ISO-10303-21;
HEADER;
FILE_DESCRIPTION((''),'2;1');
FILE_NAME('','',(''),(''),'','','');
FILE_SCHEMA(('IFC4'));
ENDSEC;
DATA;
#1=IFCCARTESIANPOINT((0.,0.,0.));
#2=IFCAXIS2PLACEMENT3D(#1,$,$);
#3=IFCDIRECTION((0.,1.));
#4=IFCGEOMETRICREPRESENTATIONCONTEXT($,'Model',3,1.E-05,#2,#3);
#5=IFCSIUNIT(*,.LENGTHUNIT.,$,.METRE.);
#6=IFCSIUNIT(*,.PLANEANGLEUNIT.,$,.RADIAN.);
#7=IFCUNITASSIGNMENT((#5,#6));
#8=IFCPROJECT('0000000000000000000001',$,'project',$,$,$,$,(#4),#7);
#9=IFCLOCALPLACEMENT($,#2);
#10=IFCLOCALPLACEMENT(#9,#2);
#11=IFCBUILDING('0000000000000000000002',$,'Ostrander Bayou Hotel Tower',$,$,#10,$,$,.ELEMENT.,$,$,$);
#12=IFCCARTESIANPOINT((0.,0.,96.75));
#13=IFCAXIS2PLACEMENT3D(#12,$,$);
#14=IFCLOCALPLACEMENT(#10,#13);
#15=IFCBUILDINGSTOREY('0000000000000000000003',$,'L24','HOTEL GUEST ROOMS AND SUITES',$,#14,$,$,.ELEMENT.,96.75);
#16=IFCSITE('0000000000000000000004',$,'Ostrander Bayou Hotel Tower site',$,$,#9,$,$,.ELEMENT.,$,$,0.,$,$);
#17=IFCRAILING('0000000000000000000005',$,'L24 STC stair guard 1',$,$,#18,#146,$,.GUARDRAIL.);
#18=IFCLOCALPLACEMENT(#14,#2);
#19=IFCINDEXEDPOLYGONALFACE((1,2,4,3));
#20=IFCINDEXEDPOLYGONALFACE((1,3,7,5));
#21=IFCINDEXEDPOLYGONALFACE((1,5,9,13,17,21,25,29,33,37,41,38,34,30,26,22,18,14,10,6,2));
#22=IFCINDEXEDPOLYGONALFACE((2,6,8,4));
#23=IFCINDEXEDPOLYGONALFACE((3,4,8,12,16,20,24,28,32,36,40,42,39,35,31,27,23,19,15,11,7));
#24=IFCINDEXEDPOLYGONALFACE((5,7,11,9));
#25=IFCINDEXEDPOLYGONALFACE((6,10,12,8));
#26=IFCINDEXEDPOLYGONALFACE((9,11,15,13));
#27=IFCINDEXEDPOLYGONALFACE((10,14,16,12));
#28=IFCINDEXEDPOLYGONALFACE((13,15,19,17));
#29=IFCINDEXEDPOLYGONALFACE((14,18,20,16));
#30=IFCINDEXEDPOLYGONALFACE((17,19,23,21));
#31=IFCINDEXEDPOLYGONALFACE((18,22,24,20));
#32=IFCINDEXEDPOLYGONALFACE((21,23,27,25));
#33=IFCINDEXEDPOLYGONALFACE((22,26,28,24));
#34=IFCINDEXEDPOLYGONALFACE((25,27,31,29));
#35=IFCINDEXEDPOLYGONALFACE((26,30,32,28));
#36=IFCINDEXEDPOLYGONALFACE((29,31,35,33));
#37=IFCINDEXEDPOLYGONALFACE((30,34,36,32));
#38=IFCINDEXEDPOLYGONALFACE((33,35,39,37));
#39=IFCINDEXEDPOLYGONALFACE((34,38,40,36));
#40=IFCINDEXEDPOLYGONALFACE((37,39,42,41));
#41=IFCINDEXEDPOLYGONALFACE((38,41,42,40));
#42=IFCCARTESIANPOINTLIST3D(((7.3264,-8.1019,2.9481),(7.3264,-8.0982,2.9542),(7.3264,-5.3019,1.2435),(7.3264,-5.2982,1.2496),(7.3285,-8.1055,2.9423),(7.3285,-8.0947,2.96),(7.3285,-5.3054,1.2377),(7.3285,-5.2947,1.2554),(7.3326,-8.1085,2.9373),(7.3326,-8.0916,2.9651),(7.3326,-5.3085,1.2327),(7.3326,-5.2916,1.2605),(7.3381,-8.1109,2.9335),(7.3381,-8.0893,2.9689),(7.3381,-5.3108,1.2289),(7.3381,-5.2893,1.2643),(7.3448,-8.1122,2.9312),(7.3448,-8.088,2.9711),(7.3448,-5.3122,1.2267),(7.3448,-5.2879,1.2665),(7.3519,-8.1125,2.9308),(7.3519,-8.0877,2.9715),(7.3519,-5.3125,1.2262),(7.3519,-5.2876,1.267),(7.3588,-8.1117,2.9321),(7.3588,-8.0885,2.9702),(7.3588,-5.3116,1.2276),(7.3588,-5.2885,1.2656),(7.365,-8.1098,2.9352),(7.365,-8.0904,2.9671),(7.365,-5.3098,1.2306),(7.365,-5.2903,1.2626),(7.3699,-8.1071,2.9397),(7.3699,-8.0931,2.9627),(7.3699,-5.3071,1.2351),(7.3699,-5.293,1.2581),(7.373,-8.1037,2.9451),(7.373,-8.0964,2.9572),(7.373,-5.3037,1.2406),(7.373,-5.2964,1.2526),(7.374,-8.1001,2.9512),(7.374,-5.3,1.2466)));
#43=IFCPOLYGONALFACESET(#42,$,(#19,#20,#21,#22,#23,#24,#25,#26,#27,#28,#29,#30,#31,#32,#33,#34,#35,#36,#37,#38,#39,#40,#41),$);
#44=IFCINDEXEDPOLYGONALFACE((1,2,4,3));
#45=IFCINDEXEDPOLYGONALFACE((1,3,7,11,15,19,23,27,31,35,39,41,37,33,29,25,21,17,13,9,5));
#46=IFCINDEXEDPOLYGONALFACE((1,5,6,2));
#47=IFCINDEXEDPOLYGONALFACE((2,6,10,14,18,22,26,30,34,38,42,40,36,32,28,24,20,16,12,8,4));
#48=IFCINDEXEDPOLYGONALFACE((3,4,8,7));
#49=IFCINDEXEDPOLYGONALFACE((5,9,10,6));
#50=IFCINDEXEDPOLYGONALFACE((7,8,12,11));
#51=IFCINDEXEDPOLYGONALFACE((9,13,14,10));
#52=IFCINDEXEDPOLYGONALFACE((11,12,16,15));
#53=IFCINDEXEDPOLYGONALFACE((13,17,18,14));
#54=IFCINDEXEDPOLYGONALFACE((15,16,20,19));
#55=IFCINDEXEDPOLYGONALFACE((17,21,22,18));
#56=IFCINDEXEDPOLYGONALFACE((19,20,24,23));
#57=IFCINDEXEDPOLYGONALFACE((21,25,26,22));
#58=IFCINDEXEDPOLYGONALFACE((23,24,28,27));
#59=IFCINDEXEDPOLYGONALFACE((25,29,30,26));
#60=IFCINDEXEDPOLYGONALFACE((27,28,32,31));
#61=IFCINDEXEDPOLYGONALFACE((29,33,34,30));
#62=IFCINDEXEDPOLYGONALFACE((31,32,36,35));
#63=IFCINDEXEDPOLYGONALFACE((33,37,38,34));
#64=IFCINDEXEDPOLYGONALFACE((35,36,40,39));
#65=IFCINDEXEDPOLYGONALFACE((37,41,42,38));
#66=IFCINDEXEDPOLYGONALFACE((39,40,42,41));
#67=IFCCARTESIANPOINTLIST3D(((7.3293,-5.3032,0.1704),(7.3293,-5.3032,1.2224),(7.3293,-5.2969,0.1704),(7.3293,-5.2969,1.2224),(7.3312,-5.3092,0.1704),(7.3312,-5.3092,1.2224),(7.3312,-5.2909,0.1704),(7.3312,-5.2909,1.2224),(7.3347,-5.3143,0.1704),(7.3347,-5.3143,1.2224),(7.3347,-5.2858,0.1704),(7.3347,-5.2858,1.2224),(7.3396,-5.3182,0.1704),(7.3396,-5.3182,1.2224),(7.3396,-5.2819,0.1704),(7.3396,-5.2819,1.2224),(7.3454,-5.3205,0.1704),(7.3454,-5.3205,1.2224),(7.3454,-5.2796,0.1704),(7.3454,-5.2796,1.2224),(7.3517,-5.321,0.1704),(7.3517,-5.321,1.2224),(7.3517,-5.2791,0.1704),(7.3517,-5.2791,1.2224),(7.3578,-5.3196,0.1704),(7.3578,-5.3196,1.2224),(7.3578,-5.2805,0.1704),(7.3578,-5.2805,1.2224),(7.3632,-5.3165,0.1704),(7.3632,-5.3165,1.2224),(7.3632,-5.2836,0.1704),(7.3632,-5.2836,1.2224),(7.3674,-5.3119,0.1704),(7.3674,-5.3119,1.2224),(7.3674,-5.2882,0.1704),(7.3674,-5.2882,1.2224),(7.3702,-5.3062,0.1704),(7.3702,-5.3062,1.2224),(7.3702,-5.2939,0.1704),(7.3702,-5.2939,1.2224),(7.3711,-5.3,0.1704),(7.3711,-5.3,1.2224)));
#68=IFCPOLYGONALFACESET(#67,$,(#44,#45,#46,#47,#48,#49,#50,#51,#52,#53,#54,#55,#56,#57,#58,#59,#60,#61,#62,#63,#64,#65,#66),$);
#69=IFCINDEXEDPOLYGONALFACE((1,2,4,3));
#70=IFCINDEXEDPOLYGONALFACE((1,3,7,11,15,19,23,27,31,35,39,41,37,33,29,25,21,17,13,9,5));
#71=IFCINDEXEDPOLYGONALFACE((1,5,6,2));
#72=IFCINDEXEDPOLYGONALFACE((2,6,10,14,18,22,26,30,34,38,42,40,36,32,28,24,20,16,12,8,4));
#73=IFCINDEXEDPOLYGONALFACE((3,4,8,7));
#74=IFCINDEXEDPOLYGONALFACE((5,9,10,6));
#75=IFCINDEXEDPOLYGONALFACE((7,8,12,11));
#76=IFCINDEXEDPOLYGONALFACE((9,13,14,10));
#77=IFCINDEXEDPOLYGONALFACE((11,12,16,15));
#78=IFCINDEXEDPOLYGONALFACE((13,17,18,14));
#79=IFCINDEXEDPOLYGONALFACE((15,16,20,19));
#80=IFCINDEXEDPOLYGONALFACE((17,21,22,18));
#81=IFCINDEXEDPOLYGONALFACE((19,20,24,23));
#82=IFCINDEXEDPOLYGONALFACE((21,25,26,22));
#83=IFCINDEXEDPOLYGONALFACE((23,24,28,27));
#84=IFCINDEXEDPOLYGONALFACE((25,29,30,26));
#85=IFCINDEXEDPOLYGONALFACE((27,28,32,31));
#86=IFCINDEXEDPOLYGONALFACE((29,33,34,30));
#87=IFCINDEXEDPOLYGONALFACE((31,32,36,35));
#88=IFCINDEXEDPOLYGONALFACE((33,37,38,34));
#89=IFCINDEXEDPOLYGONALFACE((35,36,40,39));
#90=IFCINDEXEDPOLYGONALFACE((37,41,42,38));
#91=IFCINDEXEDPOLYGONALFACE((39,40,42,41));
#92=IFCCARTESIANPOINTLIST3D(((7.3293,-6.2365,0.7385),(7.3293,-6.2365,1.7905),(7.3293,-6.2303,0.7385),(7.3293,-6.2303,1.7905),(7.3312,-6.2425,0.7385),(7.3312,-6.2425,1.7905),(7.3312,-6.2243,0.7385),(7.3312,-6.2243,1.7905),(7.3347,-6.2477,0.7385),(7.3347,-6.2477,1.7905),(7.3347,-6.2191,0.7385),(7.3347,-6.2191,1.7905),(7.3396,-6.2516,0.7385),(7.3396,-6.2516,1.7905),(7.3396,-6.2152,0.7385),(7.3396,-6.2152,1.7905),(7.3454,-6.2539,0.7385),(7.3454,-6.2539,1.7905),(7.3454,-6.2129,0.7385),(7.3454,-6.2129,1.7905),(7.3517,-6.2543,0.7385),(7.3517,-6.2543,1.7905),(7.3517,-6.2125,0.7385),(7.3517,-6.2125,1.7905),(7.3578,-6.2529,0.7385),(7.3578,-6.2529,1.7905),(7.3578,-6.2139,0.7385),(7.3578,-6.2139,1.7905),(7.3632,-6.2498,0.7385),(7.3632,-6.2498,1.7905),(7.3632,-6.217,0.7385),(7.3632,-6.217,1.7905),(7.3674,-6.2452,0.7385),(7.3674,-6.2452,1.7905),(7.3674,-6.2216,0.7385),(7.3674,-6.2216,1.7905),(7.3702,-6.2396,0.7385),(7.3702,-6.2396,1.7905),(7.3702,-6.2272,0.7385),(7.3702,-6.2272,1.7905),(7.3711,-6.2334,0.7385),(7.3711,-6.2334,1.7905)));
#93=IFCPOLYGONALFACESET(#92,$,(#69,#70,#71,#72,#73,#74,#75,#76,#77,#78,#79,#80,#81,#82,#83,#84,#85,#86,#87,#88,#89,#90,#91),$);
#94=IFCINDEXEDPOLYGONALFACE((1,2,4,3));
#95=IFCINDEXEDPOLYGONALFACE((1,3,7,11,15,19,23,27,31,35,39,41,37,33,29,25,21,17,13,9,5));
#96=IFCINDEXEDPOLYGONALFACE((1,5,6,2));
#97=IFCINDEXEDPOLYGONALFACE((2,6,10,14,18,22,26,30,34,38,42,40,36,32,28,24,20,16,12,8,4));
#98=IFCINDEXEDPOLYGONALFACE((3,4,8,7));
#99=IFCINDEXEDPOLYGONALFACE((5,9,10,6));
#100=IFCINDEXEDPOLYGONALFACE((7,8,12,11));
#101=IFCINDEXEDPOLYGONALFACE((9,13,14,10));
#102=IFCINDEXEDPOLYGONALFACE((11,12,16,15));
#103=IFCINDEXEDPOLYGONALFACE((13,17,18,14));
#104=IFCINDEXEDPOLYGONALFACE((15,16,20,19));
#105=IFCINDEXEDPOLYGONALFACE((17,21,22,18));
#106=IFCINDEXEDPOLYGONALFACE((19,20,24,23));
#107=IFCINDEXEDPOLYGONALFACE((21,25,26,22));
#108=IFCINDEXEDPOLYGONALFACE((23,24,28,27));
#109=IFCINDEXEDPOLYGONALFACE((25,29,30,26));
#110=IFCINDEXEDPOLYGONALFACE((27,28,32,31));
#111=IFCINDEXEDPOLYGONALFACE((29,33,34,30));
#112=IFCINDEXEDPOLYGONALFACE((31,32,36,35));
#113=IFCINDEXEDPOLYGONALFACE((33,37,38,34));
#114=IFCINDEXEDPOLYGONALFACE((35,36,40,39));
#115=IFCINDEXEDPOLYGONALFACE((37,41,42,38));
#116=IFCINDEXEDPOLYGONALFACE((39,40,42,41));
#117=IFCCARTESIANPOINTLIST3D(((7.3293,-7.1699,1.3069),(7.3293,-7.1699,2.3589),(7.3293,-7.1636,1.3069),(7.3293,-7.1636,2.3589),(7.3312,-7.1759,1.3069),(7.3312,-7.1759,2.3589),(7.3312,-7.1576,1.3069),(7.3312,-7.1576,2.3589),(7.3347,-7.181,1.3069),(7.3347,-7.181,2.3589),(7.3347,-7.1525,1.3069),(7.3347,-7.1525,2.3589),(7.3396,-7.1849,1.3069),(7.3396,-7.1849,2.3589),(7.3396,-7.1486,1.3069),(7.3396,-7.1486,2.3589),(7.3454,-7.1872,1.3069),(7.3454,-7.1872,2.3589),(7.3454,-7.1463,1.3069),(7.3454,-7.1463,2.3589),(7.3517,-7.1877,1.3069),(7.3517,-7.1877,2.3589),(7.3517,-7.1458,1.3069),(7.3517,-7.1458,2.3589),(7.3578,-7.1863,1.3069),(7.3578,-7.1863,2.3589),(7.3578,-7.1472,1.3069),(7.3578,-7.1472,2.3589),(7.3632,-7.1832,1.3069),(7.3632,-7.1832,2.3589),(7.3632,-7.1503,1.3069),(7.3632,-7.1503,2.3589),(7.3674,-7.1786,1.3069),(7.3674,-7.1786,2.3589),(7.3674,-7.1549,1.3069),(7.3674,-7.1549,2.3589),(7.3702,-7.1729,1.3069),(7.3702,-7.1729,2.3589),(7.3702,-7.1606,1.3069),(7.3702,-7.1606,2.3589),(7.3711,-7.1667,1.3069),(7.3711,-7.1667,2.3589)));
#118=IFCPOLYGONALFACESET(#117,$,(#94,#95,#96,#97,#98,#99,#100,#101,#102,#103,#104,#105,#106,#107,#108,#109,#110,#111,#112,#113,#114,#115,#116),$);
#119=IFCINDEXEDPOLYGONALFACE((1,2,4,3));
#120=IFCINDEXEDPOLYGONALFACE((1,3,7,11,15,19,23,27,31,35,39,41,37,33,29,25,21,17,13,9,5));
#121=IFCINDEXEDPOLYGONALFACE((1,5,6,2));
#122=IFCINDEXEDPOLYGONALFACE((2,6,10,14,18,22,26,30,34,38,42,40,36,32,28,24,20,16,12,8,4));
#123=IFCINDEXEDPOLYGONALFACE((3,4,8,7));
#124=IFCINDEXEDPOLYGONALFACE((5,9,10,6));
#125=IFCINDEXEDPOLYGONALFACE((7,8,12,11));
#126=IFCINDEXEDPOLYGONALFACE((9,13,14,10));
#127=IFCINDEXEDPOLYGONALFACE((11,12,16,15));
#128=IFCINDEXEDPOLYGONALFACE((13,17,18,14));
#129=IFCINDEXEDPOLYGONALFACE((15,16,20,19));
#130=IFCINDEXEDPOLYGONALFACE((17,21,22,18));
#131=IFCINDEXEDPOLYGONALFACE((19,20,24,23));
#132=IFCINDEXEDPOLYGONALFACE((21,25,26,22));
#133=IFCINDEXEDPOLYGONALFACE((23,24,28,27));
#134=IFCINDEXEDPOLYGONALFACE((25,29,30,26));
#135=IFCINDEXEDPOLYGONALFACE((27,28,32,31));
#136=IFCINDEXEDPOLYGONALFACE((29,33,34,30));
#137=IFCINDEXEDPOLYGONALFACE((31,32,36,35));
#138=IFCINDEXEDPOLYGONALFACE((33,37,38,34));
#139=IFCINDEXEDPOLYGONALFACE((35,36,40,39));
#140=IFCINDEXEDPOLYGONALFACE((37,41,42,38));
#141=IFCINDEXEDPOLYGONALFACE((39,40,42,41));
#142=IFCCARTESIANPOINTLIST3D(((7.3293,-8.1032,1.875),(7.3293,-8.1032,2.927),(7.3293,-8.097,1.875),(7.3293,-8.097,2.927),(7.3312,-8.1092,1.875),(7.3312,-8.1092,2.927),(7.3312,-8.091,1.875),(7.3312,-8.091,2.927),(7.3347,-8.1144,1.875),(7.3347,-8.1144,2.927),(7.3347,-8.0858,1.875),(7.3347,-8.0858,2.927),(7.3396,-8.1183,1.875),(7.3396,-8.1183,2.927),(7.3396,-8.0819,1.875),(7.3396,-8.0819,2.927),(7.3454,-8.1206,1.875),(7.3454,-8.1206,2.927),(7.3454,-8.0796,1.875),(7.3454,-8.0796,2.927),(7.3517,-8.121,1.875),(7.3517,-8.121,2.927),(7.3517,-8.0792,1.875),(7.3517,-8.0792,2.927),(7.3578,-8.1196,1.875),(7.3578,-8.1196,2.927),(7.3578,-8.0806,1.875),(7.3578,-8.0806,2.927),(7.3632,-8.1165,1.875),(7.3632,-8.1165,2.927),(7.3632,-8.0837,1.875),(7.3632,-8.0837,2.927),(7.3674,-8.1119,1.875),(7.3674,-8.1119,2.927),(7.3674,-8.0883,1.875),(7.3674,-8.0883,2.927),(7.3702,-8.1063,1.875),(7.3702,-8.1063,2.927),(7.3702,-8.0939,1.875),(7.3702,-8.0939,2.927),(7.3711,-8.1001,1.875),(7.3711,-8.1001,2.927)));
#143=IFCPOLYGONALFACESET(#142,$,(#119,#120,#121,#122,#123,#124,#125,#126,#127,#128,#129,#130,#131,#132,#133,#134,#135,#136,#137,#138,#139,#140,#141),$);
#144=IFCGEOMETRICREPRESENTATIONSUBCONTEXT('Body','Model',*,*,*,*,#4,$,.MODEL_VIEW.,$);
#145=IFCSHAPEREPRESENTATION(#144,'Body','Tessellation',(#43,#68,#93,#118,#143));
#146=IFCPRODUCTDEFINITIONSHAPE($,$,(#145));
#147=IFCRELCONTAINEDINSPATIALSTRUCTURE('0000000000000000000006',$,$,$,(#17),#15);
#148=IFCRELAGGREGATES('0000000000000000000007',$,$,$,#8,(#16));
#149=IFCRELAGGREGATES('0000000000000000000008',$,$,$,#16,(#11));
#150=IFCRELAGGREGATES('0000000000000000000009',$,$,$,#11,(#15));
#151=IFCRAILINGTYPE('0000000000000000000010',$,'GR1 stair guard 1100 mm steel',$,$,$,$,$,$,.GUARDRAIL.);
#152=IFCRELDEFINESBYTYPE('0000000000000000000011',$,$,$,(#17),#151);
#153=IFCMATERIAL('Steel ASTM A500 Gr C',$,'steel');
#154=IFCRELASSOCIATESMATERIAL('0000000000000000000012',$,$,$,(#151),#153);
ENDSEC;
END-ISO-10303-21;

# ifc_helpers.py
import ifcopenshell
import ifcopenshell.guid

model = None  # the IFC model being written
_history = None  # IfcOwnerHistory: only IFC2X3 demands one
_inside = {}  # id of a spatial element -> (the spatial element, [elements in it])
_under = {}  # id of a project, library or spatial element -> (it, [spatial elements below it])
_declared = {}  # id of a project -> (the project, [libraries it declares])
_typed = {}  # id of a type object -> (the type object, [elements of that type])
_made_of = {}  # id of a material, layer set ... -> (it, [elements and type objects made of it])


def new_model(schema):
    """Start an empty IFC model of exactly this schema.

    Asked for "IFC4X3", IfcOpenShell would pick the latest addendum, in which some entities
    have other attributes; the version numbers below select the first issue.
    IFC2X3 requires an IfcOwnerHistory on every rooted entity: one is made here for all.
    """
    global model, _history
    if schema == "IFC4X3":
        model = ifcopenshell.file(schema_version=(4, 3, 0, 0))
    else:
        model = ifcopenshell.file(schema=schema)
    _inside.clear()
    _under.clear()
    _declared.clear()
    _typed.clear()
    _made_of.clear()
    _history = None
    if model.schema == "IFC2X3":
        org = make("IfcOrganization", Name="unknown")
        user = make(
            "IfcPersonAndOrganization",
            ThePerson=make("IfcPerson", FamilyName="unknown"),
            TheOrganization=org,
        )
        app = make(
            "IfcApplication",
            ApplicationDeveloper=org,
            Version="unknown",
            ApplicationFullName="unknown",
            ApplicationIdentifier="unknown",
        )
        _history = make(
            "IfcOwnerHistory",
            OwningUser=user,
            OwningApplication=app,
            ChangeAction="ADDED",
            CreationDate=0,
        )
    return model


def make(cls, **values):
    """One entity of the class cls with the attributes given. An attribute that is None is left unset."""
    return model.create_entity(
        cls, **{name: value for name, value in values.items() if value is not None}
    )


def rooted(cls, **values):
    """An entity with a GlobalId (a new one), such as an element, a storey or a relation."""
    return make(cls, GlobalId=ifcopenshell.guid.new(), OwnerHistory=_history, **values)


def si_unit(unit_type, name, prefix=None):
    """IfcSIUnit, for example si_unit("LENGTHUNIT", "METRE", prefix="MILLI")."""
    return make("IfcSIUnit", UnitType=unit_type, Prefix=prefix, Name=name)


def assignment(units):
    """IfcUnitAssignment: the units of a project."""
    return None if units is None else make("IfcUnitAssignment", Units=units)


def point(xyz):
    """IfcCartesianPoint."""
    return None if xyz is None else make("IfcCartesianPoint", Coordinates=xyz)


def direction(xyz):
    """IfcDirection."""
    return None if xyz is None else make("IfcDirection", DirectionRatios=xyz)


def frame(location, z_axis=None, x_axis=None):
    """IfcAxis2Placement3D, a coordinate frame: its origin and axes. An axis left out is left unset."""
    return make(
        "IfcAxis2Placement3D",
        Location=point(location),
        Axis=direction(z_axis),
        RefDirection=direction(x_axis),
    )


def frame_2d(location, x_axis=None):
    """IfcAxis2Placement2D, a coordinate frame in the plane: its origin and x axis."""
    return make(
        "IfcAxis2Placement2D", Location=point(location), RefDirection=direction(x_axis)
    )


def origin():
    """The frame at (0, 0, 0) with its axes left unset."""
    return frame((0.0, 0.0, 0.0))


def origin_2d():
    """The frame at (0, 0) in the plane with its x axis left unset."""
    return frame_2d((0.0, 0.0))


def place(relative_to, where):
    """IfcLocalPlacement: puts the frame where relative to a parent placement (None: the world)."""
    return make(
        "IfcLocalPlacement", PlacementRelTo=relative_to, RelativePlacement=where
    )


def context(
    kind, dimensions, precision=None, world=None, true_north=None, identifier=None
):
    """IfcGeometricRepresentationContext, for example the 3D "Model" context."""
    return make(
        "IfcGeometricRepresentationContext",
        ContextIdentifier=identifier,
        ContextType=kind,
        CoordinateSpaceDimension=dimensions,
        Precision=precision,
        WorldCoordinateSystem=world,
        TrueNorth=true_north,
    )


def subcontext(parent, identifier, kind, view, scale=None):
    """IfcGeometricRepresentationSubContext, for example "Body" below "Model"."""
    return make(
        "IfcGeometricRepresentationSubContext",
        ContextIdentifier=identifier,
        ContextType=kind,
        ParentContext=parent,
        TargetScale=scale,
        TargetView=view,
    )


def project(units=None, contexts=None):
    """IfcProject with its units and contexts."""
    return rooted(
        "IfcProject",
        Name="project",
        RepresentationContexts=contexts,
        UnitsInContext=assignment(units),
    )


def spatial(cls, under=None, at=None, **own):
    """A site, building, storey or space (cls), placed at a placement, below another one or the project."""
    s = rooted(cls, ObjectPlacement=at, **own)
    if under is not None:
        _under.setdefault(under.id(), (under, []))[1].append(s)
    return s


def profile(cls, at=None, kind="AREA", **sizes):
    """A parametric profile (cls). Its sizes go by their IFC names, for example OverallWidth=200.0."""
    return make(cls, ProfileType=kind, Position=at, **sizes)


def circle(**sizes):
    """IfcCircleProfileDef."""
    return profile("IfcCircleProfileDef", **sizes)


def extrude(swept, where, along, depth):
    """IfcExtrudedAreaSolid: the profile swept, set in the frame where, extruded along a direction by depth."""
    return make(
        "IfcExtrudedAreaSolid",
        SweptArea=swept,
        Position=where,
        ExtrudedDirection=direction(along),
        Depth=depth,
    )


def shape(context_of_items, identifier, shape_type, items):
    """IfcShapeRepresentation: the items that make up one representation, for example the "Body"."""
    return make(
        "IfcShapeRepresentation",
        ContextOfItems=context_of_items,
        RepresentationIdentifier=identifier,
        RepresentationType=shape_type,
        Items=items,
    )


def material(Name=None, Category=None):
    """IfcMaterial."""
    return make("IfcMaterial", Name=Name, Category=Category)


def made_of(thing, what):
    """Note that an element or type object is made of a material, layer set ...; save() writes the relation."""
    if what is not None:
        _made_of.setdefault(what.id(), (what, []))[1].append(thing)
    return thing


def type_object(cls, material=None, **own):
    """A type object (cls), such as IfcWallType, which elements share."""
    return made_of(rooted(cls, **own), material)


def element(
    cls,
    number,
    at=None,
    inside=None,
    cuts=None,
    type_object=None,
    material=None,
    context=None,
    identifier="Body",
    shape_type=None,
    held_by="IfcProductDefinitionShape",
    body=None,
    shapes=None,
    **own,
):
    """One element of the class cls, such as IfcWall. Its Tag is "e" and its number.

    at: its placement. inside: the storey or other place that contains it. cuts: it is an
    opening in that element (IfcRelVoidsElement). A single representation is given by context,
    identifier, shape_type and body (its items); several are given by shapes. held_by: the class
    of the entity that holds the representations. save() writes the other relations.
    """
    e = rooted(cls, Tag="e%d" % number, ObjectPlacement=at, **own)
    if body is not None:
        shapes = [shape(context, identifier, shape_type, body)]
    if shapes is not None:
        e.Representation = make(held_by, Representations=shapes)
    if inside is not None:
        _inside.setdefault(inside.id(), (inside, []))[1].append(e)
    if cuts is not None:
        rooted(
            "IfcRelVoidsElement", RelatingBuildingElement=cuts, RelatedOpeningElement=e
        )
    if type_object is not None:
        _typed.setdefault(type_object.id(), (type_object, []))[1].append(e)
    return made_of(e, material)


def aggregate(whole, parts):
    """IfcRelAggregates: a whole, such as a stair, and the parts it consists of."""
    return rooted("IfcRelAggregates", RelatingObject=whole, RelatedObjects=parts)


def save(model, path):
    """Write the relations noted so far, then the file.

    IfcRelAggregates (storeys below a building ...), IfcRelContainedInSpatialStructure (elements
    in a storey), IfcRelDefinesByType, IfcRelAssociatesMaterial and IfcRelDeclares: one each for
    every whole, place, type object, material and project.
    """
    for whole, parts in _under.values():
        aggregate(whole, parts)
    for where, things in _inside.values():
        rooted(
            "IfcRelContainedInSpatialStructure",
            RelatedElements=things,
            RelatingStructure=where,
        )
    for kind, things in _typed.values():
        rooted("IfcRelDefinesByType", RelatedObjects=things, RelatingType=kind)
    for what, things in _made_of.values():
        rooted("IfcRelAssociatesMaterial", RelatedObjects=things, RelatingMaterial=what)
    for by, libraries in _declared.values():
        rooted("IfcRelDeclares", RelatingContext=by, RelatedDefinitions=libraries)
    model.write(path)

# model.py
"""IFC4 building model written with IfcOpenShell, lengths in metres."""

from ifc_helpers import new_model, si_unit, direction, frame, origin, origin_2d, place, context, subcontext, project, spatial, circle, extrude, material, type_object, element, save


model = new_model("IFC4")

# Units and contexts
model_context = context("Model", 3, precision=1e-05, world=origin(), true_north=direction((0.0, 1.0)))
body_context = subcontext(model_context, "Body", "Model", "MODEL_VIEW")
ifc_project = project(units=[si_unit("LENGTHUNIT", "METRE"), si_unit("PLANEANGLEUNIT", "RADIAN")], contexts=[model_context])

# Site, building, storey
site_placement = place(None, origin())
site = spatial("IfcSite", under=ifc_project, at=site_placement, Name="Ostrander Bayou Hotel Tower site", CompositionType="ELEMENT", RefElevation=0.0)
building_placement = place(site_placement, origin())
building = spatial("IfcBuilding", under=site, at=building_placement, Name="Ostrander Bayou Hotel Tower", CompositionType="ELEMENT")
storey_placement = place(building_placement, frame((0.0, 0.0, 96.75)))
storey = spatial("IfcBuildingStorey", under=building, at=storey_placement, Name="L24", Description="HOTEL GUEST ROOMS AND SUITES", CompositionType="ELEMENT", Elevation=96.75)

# Railing
ifc_material_1 = material(Name="Steel ASTM A500 Gr C", Category="steel")
railing_type_1 = type_object("IfcRailingType", Name="GR1 stair guard 1100 mm steel", PredefinedType="GUARDRAIL", material=ifc_material_1)
railing_1_placement = place(storey_placement, frame((7.3501, -5.3, 0.1704)))
element("IfcRailing", 1, at=railing_1_placement, inside=storey, type_object=railing_type_1, Name="L24 STC stair guard 1", PredefinedType="GUARDRAIL", context=body_context, shape_type="SweptSolid", body=[
    extrude(circle(Radius=0.0239, at=origin_2d()), frame((0.0, 0.0, 1.0762), z_axis=(0.0, -0.85417, 0.519994), x_axis=(1.0, 0.0, 0.0)), (0.0, 0.0, 1.0), 3.2781),
    extrude(circle(Radius=0.021, at=origin_2d()), origin(), (0.0, 0.0, 1.0), 1.052),
    extrude(circle(Radius=0.021, at=origin_2d()), frame((0.0, -0.9333, 0.5681)), (0.0, 0.0, 1.0), 1.052),
    extrude(circle(Radius=0.021, at=origin_2d()), frame((0.0, -1.8667, 1.1365)), (0.0, 0.0, 1.0), 1.052),
    extrude(circle(Radius=0.021, at=origin_2d()), frame((0.0, -2.8, 1.7046)), (0.0, 0.0, 1.0), 1.052),
])

save(model, "model.ifc")
